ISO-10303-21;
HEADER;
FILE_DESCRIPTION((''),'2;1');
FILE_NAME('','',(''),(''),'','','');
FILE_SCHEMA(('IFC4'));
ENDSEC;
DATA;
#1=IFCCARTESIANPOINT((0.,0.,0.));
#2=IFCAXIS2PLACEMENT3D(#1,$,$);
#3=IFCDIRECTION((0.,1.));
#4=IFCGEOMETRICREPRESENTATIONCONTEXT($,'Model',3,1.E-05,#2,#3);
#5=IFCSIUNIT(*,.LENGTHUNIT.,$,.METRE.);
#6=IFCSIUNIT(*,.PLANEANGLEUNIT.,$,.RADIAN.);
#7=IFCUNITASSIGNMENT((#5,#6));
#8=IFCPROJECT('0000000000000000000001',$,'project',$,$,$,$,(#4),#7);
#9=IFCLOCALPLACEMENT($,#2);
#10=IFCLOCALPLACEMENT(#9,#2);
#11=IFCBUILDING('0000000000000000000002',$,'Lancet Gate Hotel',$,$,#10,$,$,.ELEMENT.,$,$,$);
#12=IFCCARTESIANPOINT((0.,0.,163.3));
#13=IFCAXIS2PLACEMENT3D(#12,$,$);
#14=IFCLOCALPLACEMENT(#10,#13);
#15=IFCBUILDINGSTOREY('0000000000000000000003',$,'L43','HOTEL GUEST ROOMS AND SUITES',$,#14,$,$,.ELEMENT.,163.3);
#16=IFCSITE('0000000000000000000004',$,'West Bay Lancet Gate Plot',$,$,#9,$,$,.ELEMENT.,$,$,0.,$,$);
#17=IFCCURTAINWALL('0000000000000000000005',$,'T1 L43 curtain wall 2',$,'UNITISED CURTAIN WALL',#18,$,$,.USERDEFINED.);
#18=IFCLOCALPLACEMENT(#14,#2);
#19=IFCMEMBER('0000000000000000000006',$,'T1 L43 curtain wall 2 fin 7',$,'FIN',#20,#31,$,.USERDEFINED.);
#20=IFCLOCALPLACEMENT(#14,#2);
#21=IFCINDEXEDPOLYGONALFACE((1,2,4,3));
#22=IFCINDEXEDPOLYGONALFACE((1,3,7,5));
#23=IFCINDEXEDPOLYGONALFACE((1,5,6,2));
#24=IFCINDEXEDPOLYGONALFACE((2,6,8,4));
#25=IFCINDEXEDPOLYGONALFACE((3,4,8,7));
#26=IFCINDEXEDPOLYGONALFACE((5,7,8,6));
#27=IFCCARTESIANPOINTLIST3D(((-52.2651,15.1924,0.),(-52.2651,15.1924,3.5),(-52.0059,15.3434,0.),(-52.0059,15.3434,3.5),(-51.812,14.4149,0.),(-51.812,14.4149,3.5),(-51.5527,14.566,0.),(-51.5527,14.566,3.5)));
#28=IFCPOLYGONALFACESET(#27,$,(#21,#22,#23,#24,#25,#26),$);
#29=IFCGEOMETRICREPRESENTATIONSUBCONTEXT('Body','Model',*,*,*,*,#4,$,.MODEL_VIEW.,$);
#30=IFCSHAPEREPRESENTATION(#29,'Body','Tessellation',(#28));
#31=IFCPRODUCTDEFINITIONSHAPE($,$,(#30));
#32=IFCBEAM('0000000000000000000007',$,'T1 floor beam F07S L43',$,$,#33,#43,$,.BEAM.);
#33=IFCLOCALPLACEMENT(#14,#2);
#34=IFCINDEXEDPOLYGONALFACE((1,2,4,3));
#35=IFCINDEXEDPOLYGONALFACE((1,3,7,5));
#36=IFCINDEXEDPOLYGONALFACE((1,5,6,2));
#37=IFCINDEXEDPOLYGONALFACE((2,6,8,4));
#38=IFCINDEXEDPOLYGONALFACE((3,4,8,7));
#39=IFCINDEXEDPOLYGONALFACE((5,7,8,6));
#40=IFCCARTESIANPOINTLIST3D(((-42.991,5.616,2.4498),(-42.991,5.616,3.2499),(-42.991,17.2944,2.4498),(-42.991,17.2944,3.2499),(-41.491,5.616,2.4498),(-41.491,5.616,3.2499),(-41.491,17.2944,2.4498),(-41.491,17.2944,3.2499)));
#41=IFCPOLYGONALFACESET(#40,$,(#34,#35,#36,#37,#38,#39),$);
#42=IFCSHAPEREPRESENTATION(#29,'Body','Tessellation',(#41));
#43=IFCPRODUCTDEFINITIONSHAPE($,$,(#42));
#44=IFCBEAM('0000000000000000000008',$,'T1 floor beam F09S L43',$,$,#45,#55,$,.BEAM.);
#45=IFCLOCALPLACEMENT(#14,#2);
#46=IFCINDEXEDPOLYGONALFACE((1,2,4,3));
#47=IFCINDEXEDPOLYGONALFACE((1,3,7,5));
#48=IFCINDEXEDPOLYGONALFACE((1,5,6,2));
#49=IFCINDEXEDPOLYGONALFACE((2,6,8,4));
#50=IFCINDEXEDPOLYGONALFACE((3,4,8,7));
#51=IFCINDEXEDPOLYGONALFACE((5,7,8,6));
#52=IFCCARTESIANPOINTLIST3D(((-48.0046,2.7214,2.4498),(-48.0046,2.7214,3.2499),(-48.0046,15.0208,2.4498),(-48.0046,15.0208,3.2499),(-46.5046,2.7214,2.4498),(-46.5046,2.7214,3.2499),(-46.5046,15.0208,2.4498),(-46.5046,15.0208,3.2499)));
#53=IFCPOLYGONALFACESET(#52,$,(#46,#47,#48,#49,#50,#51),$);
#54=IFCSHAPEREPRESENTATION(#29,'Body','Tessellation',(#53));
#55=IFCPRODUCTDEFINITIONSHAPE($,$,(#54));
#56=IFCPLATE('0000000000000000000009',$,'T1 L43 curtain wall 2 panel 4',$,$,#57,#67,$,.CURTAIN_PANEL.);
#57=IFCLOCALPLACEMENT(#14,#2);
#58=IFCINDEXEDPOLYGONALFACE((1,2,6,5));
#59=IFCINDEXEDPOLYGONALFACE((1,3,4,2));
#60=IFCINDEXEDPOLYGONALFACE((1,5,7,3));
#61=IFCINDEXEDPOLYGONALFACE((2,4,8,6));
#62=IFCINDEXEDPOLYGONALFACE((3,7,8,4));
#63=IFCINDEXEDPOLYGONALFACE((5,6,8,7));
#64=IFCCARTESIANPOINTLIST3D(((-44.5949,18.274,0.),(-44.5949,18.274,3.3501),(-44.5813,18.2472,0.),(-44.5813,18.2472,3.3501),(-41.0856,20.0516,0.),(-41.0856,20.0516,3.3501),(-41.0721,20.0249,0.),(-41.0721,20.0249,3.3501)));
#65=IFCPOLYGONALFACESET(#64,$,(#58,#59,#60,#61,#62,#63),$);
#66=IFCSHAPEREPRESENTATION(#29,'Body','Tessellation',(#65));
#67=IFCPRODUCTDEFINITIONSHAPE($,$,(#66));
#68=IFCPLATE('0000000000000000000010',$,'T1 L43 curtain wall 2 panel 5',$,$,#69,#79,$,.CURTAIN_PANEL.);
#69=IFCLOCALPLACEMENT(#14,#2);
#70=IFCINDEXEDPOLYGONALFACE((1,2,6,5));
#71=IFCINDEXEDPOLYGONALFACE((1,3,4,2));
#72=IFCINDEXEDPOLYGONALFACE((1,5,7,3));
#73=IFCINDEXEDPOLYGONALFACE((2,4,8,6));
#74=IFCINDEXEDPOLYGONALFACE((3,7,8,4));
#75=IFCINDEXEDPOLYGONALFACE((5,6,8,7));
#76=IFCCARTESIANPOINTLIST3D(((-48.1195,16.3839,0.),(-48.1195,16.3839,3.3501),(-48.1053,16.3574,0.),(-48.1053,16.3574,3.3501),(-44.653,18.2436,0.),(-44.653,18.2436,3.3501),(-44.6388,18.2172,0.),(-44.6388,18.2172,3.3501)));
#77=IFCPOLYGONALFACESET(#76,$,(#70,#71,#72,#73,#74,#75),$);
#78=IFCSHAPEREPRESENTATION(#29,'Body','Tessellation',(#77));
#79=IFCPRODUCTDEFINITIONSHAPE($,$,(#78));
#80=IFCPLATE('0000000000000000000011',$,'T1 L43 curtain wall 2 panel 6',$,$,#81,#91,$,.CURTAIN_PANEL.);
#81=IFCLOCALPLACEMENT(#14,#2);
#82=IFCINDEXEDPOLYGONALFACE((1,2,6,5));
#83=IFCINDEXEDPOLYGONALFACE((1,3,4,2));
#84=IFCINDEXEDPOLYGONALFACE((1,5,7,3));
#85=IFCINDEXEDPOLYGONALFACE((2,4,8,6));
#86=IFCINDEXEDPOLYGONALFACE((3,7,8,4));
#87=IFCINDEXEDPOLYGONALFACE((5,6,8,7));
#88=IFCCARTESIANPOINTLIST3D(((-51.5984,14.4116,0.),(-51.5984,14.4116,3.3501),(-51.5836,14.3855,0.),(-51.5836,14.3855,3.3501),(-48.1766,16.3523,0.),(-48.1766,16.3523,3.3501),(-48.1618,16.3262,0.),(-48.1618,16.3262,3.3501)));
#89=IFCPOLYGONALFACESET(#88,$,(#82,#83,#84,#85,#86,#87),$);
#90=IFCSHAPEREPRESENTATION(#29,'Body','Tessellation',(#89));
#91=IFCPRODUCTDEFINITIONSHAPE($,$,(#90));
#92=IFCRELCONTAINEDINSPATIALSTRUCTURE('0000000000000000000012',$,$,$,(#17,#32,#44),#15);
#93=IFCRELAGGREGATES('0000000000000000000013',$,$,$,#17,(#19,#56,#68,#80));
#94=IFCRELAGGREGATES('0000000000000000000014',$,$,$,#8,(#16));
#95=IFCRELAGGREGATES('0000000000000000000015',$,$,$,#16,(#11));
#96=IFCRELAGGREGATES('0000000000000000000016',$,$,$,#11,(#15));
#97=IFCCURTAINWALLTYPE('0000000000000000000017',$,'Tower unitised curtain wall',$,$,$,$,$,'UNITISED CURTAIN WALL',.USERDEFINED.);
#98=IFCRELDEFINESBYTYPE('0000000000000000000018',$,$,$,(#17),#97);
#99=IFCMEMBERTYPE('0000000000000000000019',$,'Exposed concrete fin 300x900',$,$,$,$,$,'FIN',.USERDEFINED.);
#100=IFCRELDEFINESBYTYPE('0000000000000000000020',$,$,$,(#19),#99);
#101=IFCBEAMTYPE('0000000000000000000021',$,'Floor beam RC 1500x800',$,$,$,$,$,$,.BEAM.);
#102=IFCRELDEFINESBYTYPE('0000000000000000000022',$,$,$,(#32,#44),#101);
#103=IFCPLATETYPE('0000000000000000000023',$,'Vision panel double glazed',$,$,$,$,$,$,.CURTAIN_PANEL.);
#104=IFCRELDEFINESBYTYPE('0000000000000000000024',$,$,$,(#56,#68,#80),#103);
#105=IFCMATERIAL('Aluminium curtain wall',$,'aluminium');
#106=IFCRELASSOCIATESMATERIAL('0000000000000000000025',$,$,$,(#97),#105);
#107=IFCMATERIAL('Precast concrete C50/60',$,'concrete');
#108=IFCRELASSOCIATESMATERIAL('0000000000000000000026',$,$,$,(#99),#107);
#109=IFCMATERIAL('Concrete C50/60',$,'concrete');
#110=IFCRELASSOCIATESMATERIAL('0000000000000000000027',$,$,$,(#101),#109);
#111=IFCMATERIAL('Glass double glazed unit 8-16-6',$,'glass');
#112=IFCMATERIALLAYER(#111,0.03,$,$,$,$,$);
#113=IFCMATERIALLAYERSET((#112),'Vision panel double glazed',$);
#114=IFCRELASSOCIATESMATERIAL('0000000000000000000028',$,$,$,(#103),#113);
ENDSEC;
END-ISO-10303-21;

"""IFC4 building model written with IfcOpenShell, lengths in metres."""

from ifc_helpers import new_model, si_unit, direction, frame, origin, origin_2d, place, context, subcontext, project, spatial, rectangle, extrude, material, layer, layer_set, material_profile, profile_set, type_object, element, aggregate, save


model = new_model("IFC4")

# Units and contexts
model_context = context("Model", 3, precision=1e-05, world=origin(), true_north=direction((0.0, 1.0)))
body_context = subcontext(model_context, "Body", "Model", "MODEL_VIEW")
ifc_project = project(units=[si_unit("LENGTHUNIT", "METRE"), si_unit("PLANEANGLEUNIT", "RADIAN")], contexts=[model_context])

# Site, building, storey
site_placement = place(None, origin())
site = spatial("IfcSite", under=ifc_project, at=site_placement, Name="West Bay Lancet Gate Plot", CompositionType="ELEMENT", RefElevation=0.0)
building_placement = place(site_placement, origin())
building = spatial("IfcBuilding", under=site, at=building_placement, Name="Lancet Gate Hotel", CompositionType="ELEMENT")
storey_placement = place(building_placement, frame((0.0, 0.0, 163.3)))
storey = spatial("IfcBuildingStorey", under=building, at=storey_placement, Name="L43", Description="HOTEL GUEST ROOMS AND SUITES", CompositionType="ELEMENT", Elevation=163.3)

# Curtain wall
ifc_material_1 = material(Name="Aluminium curtain wall", Category="aluminium")
curtain_wall_type = type_object("IfcCurtainWallType", Name="Tower unitised curtain wall", ElementType="UNITISED CURTAIN WALL", PredefinedType="USERDEFINED", material=ifc_material_1)
curtain_wall_placement = place(storey_placement, origin())
curtain_wall = element("IfcCurtainWall", 1, at=curtain_wall_placement, inside=storey, type_object=curtain_wall_type, Name="T1 L43 curtain wall 2", ObjectType="UNITISED CURTAIN WALL", PredefinedType="USERDEFINED")

# Member
ifc_material_2 = material(Name="Precast concrete C50/60", Category="concrete")
ifc_material_profile_1 = material_profile(ifc_material_2, rectangle(XDim=0.3, YDim=0.8999, at=origin_2d()), Name="FIN 300x900")
ifc_profile_set_1 = profile_set([ifc_material_profile_1], Name="Precast concrete C50/60")
member_type_1 = type_object("IfcMemberType", Name="Exposed concrete fin 300x900", ElementType="FIN", PredefinedType="USERDEFINED", material=ifc_profile_set_1)
member_1_placement = place(storey_placement, frame((-51.9089, 14.8792, 0.0), z_axis=(0.0, 0.0, 1.0), x_axis=(-0.863969, -0.503545, 0.0)))
member_1 = element("IfcMember", 2, at=member_1_placement, type_object=member_type_1, Name="T1 L43 curtain wall 2 fin 7", ObjectType="FIN", PredefinedType="USERDEFINED", context=body_context, shape_type="SweptSolid", body=[
    extrude(rectangle(XDim=0.3, YDim=0.8999, at=origin_2d()), origin(), (0.0, 0.0, 1.0), 3.5),
])

# Beams
ifc_material_3 = material(Name="Concrete C50/60", Category="concrete")
ifc_material_profile_2 = material_profile(ifc_material_3, rectangle(XDim=1.5, YDim=0.8, at=origin_2d()), Name="RC 1500x800")
ifc_profile_set_2 = profile_set([ifc_material_profile_2], Name="Concrete C50/60")
beam_type_1 = type_object("IfcBeamType", Name="Floor beam RC 1500x800", PredefinedType="BEAM", material=ifc_profile_set_2)
beam_1_placement = place(storey_placement, frame((-42.241, 17.2944, 2.8499), z_axis=(0.0, -1.0, 0.0), x_axis=(1.0, 0.0, 0.0)))
element("IfcBeam", 3, at=beam_1_placement, inside=storey, type_object=beam_type_1, Name="T1 floor beam F07S L43", PredefinedType="BEAM", context=body_context, shape_type="SweptSolid", body=[
    extrude(rectangle(XDim=1.5, YDim=0.8, at=origin_2d()), origin(), (0.0, 0.0, 1.0), 11.6785),
])
beam_2_placement = place(storey_placement, frame((-47.2546, 15.0208, 2.8499), z_axis=(0.0, -1.0, 0.0), x_axis=(1.0, 0.0, 0.0)))
element("IfcBeam", 4, at=beam_2_placement, inside=storey, type_object=beam_type_1, Name="T1 floor beam F09S L43", PredefinedType="BEAM", context=body_context, shape_type="SweptSolid", body=[
    extrude(rectangle(XDim=1.5, YDim=0.8, at=origin_2d()), origin(), (0.0, 0.0, 1.0), 12.2993),
])

# Plates
ifc_material_4 = material(Name="Glass double glazed unit 8-16-6", Category="glass")
ifc_layer = layer(ifc_material_4, 0.03)
ifc_layer_set = layer_set([ifc_layer], Name="Vision panel double glazed")
plate_type = type_object("IfcPlateType", Name="Vision panel double glazed", PredefinedType="CURTAIN_PANEL", material=ifc_layer_set)
plate_1_placement = place(storey_placement, frame((-42.8335, 19.1494, 0.0), z_axis=(0.0, 0.0, 1.0), x_axis=(-0.892071, -0.451895, 0.0)))
plate_1 = element("IfcPlate", 5, at=plate_1_placement, type_object=plate_type, Name="T1 L43 curtain wall 2 panel 4", PredefinedType="CURTAIN_PANEL", context=body_context, shape_type="SweptSolid", body=[
    extrude(rectangle(XDim=3.9338, YDim=0.03, at=origin_2d()), origin(), (0.0, 0.0, 1.0), 3.3501),
])
plate_2_placement = place(storey_placement, frame((-46.3792, 17.3005, 0.0), z_axis=(0.0, 0.0, 1.0), x_axis=(-0.881195, -0.472753, 0.0)))
plate_2 = element("IfcPlate", 6, at=plate_2_placement, type_object=plate_type, Name="T1 L43 curtain wall 2 panel 5", PredefinedType="CURTAIN_PANEL", context=body_context, shape_type="SweptSolid", body=[
    extrude(rectangle(XDim=3.9338, YDim=0.03, at=origin_2d()), origin(), (0.0, 0.0, 1.0), 3.3501),
])
plate_3_placement = place(storey_placement, frame((-49.8801, 15.3689, 0.0), z_axis=(0.0, 0.0, 1.0), x_axis=(-0.869831, -0.493349, 0.0)))
plate_3 = element("IfcPlate", 7, at=plate_3_placement, type_object=plate_type, Name="T1 L43 curtain wall 2 panel 6", PredefinedType="CURTAIN_PANEL", context=body_context, shape_type="SweptSolid", body=[
    extrude(rectangle(XDim=3.9338, YDim=0.03, at=origin_2d()), origin(), (0.0, 0.0, 1.0), 3.3501),
])
aggregate(curtain_wall, [member_1, plate_1, plate_2, plate_3])

save(model, "model.ifc")
